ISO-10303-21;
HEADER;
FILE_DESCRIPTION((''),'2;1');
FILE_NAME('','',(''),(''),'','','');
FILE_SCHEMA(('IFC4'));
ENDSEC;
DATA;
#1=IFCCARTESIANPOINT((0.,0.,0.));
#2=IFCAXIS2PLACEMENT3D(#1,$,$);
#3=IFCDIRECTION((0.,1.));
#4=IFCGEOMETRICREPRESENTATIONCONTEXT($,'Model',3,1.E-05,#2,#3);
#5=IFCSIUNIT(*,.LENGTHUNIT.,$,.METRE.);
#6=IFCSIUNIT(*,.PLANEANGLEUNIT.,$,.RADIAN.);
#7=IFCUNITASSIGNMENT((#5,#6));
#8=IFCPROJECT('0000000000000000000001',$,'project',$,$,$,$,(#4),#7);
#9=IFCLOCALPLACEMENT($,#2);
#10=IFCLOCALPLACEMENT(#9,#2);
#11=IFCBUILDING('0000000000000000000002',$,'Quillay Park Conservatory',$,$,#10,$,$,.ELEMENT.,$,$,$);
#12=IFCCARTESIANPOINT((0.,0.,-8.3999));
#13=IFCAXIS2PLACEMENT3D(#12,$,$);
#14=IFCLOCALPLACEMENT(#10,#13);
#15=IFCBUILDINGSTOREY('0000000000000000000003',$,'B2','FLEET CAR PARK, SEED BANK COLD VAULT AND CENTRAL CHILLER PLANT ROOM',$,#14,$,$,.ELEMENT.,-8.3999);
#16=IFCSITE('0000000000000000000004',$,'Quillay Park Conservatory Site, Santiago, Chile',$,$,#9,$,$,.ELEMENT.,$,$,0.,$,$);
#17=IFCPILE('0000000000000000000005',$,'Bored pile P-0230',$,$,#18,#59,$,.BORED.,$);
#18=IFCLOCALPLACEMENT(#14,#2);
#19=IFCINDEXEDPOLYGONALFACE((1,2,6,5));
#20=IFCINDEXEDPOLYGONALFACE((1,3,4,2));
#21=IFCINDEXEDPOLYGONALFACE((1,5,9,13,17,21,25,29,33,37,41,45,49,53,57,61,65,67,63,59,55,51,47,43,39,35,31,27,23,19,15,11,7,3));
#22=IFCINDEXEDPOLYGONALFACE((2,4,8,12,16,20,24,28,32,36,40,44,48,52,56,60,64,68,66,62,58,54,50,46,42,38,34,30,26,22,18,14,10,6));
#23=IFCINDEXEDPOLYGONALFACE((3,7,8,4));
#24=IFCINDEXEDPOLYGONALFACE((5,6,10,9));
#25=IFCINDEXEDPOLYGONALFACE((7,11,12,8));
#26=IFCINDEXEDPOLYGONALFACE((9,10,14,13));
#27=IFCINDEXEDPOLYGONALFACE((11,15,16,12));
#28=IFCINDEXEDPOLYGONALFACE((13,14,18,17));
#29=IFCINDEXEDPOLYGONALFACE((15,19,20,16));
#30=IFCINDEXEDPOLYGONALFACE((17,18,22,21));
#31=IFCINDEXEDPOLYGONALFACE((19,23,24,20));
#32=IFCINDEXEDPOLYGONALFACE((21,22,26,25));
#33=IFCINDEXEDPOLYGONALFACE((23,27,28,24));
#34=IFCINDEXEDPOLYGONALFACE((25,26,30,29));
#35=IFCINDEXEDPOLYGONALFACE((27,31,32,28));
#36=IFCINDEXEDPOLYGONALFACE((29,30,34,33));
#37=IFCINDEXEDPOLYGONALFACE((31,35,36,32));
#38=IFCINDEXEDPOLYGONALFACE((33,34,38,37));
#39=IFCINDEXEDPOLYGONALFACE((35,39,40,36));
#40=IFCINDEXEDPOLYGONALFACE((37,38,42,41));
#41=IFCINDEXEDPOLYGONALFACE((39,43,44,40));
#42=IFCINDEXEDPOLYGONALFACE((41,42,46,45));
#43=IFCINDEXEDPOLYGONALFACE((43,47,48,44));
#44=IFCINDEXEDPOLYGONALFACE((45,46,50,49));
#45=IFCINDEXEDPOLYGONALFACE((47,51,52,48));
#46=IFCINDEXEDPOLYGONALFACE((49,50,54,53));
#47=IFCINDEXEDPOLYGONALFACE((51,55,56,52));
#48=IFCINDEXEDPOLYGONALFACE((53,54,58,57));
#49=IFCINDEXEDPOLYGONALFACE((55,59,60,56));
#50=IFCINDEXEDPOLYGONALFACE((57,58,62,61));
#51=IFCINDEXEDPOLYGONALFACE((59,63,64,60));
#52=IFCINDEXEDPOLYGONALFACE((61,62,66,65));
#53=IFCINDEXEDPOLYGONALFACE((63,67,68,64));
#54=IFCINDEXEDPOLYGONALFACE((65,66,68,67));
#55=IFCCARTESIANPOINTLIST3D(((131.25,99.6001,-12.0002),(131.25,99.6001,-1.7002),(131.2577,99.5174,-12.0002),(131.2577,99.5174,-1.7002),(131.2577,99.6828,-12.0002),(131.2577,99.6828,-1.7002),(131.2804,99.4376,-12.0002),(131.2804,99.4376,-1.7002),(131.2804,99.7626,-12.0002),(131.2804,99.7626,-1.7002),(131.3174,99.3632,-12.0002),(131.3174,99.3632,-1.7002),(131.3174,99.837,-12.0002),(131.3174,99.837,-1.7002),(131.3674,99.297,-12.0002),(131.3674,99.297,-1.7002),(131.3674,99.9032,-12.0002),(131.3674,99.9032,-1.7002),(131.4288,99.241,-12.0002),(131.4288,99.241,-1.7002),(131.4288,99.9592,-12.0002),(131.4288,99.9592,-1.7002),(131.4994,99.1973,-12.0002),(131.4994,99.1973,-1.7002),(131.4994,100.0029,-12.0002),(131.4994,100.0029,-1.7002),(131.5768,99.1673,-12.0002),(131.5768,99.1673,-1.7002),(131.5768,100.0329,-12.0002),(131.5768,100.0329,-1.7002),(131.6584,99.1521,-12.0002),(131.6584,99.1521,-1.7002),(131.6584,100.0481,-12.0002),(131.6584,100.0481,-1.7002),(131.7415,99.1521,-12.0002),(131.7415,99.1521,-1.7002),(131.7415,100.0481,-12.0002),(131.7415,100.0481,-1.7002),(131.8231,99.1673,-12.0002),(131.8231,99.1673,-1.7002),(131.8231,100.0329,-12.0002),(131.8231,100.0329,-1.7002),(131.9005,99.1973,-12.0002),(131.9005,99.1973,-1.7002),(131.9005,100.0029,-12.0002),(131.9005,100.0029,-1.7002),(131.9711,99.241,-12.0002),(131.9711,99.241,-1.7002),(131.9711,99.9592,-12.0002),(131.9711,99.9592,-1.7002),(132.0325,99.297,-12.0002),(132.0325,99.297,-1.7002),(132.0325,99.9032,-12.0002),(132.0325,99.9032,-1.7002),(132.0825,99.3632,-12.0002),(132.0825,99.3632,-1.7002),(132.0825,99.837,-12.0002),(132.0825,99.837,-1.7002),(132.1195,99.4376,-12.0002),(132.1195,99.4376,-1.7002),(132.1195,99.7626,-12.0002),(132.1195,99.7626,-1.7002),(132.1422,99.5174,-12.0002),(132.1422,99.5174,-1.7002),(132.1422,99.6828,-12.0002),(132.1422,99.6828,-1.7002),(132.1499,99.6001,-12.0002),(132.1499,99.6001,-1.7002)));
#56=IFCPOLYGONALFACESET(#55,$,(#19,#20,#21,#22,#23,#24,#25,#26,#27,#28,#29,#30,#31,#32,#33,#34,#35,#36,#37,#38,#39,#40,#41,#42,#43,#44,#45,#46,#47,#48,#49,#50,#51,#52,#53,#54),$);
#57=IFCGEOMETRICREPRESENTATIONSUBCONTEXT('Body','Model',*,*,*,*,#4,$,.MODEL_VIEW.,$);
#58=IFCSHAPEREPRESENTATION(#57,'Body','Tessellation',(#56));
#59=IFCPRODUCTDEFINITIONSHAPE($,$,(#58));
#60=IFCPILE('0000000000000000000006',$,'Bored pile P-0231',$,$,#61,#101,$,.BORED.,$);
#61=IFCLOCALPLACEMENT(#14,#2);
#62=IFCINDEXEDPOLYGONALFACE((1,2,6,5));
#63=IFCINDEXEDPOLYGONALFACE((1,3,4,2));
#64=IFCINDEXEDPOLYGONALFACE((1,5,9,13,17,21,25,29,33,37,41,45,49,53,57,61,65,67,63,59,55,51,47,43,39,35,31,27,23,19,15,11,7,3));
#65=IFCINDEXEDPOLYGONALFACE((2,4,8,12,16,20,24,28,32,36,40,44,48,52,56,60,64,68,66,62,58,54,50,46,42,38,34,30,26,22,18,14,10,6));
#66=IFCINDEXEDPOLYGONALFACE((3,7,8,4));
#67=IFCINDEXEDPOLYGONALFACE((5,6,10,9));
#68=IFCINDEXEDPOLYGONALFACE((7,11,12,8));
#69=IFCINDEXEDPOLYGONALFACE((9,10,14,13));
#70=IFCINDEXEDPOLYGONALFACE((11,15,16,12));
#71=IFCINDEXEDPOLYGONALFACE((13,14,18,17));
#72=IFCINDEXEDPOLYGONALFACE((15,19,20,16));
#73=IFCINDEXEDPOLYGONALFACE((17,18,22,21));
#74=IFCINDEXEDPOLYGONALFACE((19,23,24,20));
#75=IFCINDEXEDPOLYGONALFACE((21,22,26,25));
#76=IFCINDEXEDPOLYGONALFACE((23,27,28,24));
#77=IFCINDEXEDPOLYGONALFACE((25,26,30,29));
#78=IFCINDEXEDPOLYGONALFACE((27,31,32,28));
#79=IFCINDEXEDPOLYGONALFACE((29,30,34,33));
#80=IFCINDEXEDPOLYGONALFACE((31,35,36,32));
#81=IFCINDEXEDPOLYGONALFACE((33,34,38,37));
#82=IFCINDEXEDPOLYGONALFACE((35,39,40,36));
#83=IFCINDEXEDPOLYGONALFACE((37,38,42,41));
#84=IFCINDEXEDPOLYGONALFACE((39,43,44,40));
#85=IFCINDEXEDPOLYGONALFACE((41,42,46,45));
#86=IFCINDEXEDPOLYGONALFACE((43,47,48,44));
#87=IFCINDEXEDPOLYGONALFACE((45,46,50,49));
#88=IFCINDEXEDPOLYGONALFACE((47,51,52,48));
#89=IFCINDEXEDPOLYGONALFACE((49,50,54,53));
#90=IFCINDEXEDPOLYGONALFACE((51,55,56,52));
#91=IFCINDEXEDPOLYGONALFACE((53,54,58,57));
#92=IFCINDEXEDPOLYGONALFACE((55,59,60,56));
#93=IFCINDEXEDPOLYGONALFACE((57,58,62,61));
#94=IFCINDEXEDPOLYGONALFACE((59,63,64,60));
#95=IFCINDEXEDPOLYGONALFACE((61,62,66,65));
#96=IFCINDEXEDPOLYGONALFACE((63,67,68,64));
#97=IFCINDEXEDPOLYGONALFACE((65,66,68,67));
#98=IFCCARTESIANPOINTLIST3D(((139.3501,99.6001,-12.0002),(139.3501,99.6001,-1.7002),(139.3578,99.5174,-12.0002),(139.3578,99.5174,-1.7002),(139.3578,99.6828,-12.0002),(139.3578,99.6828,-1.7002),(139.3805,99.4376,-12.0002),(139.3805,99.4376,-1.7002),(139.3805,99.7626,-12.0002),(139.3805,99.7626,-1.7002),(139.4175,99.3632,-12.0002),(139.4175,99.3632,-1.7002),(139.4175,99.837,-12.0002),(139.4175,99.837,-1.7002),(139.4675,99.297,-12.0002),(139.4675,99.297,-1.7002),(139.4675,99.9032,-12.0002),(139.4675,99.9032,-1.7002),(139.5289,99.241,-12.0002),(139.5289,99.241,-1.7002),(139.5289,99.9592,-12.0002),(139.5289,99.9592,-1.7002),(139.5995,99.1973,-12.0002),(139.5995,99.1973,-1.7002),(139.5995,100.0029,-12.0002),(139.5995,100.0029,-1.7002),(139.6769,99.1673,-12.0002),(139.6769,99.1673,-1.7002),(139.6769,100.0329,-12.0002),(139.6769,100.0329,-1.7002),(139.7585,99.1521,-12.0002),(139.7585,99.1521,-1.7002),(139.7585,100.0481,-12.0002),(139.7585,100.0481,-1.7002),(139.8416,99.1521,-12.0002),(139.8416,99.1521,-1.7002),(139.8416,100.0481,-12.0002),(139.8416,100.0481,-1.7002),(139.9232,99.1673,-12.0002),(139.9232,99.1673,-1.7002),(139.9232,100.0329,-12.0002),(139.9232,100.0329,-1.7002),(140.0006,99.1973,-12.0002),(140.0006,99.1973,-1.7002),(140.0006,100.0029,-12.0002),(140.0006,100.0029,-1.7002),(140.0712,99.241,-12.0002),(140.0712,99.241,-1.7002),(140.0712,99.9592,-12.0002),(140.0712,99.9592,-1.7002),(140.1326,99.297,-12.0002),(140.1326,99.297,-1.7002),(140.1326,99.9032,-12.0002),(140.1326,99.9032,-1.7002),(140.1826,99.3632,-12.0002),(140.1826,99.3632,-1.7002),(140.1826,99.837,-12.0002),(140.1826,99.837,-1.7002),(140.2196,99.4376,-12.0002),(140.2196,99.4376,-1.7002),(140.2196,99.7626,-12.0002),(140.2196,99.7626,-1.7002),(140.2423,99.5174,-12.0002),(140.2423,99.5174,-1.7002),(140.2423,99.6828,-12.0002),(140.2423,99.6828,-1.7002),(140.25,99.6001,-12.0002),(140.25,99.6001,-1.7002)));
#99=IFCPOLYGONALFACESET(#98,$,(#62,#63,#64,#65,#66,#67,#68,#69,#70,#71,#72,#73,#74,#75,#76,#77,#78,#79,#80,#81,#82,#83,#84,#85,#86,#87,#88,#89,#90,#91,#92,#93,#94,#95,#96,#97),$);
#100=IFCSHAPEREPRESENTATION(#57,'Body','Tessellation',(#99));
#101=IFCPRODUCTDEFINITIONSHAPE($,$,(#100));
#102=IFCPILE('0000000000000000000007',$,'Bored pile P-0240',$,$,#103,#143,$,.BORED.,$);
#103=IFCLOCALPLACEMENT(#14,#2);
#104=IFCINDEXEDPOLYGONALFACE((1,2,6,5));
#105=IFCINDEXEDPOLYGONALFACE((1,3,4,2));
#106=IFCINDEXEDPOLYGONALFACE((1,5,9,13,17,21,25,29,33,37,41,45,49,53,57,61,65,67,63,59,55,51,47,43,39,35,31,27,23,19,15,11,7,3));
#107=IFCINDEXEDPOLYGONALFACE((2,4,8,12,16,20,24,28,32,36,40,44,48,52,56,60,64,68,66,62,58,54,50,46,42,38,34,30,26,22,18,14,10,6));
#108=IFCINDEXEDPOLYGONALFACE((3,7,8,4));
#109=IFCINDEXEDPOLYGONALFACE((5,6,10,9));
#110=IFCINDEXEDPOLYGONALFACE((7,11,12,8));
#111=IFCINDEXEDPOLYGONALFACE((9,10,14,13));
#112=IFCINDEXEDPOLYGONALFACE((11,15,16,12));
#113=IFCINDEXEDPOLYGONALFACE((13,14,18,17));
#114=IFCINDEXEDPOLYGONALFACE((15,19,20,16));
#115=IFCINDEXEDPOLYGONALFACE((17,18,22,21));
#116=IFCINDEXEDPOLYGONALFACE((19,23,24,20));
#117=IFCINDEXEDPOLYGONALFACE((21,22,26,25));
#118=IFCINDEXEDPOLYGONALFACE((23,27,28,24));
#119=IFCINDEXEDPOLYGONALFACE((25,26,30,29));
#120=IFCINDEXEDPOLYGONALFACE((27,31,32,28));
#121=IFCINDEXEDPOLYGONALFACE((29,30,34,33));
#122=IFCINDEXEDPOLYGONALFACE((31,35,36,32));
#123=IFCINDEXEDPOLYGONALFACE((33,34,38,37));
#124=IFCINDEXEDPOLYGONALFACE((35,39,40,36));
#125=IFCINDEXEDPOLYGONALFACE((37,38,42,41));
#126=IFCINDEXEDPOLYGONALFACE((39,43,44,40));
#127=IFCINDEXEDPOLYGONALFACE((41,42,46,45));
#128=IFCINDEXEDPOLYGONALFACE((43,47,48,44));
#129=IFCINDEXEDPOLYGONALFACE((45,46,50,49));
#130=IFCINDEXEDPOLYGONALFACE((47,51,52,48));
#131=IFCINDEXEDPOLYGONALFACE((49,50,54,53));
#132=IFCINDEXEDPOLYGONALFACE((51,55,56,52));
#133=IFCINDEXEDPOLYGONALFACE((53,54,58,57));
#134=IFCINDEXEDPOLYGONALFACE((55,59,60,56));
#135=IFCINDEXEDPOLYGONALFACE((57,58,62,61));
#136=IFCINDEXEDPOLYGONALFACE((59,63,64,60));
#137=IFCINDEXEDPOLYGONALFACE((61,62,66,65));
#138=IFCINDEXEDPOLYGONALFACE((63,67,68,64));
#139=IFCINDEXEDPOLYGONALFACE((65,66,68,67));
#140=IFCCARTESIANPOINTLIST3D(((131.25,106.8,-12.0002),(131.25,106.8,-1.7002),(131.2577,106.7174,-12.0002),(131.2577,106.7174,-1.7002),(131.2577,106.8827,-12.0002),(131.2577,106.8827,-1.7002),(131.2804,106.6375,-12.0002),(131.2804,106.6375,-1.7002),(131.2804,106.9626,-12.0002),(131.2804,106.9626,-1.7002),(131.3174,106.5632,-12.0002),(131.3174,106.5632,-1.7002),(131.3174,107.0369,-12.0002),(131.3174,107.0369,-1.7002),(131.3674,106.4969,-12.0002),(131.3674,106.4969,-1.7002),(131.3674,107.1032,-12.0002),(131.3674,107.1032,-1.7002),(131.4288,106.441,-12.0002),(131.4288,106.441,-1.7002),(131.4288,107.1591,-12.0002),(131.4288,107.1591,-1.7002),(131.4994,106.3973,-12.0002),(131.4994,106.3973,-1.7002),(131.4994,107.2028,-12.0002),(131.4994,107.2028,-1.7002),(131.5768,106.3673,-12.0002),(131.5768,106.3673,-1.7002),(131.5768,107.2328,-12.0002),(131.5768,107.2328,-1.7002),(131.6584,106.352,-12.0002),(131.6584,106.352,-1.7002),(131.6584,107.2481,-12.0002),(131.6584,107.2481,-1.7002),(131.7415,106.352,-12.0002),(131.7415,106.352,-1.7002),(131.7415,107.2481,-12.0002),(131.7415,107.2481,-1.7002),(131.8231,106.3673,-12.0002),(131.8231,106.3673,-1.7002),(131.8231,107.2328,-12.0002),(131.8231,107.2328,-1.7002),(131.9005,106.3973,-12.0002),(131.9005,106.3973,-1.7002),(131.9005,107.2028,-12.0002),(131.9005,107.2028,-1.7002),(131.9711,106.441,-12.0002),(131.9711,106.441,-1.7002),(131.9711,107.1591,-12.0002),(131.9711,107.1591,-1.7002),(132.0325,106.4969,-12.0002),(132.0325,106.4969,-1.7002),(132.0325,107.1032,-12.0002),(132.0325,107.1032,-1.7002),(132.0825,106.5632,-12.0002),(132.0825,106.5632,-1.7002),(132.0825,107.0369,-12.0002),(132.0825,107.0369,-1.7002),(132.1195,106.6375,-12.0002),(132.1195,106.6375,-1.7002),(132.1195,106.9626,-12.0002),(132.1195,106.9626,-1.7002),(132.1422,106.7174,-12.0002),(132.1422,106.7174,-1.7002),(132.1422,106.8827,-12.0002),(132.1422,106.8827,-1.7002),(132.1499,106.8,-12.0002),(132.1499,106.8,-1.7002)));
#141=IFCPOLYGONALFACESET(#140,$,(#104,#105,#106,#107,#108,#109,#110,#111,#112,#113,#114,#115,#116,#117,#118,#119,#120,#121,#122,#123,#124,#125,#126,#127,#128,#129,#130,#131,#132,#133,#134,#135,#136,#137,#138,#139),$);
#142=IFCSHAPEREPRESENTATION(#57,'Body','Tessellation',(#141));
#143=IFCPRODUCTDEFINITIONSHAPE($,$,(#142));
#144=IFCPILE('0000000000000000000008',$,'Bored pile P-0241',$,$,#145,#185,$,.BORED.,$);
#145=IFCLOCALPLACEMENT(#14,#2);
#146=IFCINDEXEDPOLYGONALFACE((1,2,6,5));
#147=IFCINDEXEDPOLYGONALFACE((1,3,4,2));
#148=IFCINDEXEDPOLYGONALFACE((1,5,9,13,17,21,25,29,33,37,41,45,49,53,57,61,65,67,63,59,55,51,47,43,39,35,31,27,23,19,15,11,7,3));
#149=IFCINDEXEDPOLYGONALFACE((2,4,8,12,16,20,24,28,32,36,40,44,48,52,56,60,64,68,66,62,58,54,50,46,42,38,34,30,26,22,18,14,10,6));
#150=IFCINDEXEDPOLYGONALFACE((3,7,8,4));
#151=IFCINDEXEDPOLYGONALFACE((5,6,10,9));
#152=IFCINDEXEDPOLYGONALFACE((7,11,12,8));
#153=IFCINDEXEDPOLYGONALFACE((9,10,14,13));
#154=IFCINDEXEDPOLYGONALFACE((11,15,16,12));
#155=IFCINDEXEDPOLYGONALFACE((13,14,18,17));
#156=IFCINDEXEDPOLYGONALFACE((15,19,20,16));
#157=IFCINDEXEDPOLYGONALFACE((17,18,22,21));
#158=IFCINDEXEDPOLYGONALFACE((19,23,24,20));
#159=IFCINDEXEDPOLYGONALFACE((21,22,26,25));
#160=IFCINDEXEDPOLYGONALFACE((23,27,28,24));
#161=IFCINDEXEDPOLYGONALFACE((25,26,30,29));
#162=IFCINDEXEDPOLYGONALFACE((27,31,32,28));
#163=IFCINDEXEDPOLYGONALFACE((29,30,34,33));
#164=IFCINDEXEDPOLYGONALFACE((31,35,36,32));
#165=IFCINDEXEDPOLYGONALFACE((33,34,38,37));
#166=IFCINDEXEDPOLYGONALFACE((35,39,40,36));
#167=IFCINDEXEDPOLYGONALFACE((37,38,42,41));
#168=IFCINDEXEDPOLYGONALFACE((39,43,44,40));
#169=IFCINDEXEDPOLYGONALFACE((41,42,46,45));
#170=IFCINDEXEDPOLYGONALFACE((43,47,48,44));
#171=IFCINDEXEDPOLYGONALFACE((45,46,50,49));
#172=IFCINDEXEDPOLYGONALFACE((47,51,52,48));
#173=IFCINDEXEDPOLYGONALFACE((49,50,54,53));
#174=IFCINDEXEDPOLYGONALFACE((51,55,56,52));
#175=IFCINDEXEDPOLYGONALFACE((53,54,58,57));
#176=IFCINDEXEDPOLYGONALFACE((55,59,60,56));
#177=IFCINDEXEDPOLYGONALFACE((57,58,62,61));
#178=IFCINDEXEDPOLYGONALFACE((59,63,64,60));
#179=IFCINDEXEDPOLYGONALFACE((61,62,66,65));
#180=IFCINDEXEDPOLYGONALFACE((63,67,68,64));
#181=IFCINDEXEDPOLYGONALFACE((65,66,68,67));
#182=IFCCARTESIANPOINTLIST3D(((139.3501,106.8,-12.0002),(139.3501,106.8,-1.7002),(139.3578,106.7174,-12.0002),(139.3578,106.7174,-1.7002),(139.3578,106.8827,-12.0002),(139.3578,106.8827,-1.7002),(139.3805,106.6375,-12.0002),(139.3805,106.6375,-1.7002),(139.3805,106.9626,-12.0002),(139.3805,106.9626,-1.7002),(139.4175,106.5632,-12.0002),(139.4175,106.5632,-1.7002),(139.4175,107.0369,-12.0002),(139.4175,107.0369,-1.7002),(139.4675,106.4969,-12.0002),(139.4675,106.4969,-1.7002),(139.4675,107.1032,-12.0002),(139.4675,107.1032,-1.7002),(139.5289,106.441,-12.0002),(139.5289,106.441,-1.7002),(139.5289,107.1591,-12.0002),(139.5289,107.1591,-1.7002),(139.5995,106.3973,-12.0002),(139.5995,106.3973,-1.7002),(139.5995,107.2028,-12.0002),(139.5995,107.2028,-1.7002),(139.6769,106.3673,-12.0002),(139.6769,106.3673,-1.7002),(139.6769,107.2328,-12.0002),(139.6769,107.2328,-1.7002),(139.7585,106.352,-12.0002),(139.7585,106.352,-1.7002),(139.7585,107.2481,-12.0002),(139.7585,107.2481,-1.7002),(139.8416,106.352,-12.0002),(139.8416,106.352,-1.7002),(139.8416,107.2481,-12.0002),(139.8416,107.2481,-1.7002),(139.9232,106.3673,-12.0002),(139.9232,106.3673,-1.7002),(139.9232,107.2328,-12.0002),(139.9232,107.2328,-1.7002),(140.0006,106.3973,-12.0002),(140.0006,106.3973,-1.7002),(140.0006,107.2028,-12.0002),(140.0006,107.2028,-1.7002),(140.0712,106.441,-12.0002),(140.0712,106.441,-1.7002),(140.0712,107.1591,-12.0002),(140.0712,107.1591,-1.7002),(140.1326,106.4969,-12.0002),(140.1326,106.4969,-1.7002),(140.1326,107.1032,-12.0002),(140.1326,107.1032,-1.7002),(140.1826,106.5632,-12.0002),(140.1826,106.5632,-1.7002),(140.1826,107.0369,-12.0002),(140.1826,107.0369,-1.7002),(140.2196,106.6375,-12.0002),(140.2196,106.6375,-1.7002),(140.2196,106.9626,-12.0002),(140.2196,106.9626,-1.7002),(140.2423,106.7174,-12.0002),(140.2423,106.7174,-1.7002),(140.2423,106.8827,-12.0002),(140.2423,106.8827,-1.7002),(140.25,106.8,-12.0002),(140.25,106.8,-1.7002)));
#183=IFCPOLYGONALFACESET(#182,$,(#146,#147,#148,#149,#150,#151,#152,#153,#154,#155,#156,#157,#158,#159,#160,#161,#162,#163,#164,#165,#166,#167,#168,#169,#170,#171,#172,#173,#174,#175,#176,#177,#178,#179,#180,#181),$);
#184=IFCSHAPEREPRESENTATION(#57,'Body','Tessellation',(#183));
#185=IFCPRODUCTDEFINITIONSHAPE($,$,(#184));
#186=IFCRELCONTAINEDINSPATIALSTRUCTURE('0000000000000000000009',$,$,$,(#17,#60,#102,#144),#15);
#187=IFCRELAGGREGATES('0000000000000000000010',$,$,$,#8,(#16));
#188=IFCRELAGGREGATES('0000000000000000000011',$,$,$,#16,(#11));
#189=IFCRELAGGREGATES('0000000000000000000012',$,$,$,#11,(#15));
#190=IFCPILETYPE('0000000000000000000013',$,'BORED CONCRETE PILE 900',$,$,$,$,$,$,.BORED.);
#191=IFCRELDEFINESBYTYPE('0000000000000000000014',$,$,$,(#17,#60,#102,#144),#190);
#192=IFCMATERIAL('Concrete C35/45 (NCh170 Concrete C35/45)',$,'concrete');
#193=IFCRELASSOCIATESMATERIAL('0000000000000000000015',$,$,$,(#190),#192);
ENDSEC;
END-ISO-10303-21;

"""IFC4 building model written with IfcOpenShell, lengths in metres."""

from ifc_helpers import new_model, si_unit, direction, frame, origin, origin_2d, place, context, subcontext, project, spatial, circle, extrude, material, material_profile, profile_set, type_object, element, save


model = new_model("IFC4")

# Units and contexts
model_context = context("Model", 3, precision=1e-05, world=origin(), true_north=direction((0.0, 1.0)))
body_context = subcontext(model_context, "Body", "Model", "MODEL_VIEW")
ifc_project = project(units=[si_unit("LENGTHUNIT", "METRE"), si_unit("PLANEANGLEUNIT", "RADIAN")], contexts=[model_context])

# Site, building, storey
site_placement = place(None, origin())
site = spatial("IfcSite", under=ifc_project, at=site_placement, Name="Quillay Park Conservatory Site, Santiago, Chile", CompositionType="ELEMENT", RefElevation=0.0)
building_placement = place(site_placement, origin())
building = spatial("IfcBuilding", under=site, at=building_placement, Name="Quillay Park Conservatory", CompositionType="ELEMENT")
storey_placement = place(building_placement, frame((0.0, 0.0, -8.3999)))
storey = spatial("IfcBuildingStorey", under=building, at=storey_placement, Name="B2", Description="FLEET CAR PARK, SEED BANK COLD VAULT AND CENTRAL CHILLER PLANT ROOM", CompositionType="ELEMENT", Elevation=-8.3999)

# Piles
ifc_material_1 = material(Name="Concrete C35/45 (NCh170 Concrete C35/45)", Category="concrete")
ifc_material_profile_1 = material_profile(ifc_material_1, circle(Radius=0.45, at=origin_2d()), Name="PILE900")
ifc_profile_set_1 = profile_set([ifc_material_profile_1], Name="Concrete C35/45 (NCh170 Concrete C35/45)")
pile_type = type_object("IfcPileType", Name="BORED CONCRETE PILE 900", PredefinedType="BORED", material=ifc_profile_set_1)
for number, where, z_axis, x_axis, name in (
    (1, (131.7, 99.6001, -1.7002), (0.0, 0.0, -1.0), (1.0, 0.0, 0.0), "Bored pile P-0230"),
    (2, (139.8, 99.6001, -1.7002), (0.0, 0.0, -1.0), (1.0, 0.0, 0.0), "Bored pile P-0231"),
    (3, (131.7, 106.8, -1.7002), (0.0, 0.0, -1.0), (1.0, 0.0, 0.0), "Bored pile P-0240"),
    (4, (139.8, 106.8, -1.7002), (0.0, 0.0, -1.0), (1.0, 0.0, 0.0), "Bored pile P-0241"),
):
    element("IfcPile", number, at=place(storey_placement, frame(where, z_axis=z_axis, x_axis=x_axis)), inside=storey, type_object=pile_type, Name=name, PredefinedType="BORED", context=body_context, shape_type="SweptSolid", body=[
        extrude(circle(Radius=0.45, at=origin_2d()), origin(), (0.0, 0.0, 1.0), 10.3),
    ])

save(model, "model.ifc")
